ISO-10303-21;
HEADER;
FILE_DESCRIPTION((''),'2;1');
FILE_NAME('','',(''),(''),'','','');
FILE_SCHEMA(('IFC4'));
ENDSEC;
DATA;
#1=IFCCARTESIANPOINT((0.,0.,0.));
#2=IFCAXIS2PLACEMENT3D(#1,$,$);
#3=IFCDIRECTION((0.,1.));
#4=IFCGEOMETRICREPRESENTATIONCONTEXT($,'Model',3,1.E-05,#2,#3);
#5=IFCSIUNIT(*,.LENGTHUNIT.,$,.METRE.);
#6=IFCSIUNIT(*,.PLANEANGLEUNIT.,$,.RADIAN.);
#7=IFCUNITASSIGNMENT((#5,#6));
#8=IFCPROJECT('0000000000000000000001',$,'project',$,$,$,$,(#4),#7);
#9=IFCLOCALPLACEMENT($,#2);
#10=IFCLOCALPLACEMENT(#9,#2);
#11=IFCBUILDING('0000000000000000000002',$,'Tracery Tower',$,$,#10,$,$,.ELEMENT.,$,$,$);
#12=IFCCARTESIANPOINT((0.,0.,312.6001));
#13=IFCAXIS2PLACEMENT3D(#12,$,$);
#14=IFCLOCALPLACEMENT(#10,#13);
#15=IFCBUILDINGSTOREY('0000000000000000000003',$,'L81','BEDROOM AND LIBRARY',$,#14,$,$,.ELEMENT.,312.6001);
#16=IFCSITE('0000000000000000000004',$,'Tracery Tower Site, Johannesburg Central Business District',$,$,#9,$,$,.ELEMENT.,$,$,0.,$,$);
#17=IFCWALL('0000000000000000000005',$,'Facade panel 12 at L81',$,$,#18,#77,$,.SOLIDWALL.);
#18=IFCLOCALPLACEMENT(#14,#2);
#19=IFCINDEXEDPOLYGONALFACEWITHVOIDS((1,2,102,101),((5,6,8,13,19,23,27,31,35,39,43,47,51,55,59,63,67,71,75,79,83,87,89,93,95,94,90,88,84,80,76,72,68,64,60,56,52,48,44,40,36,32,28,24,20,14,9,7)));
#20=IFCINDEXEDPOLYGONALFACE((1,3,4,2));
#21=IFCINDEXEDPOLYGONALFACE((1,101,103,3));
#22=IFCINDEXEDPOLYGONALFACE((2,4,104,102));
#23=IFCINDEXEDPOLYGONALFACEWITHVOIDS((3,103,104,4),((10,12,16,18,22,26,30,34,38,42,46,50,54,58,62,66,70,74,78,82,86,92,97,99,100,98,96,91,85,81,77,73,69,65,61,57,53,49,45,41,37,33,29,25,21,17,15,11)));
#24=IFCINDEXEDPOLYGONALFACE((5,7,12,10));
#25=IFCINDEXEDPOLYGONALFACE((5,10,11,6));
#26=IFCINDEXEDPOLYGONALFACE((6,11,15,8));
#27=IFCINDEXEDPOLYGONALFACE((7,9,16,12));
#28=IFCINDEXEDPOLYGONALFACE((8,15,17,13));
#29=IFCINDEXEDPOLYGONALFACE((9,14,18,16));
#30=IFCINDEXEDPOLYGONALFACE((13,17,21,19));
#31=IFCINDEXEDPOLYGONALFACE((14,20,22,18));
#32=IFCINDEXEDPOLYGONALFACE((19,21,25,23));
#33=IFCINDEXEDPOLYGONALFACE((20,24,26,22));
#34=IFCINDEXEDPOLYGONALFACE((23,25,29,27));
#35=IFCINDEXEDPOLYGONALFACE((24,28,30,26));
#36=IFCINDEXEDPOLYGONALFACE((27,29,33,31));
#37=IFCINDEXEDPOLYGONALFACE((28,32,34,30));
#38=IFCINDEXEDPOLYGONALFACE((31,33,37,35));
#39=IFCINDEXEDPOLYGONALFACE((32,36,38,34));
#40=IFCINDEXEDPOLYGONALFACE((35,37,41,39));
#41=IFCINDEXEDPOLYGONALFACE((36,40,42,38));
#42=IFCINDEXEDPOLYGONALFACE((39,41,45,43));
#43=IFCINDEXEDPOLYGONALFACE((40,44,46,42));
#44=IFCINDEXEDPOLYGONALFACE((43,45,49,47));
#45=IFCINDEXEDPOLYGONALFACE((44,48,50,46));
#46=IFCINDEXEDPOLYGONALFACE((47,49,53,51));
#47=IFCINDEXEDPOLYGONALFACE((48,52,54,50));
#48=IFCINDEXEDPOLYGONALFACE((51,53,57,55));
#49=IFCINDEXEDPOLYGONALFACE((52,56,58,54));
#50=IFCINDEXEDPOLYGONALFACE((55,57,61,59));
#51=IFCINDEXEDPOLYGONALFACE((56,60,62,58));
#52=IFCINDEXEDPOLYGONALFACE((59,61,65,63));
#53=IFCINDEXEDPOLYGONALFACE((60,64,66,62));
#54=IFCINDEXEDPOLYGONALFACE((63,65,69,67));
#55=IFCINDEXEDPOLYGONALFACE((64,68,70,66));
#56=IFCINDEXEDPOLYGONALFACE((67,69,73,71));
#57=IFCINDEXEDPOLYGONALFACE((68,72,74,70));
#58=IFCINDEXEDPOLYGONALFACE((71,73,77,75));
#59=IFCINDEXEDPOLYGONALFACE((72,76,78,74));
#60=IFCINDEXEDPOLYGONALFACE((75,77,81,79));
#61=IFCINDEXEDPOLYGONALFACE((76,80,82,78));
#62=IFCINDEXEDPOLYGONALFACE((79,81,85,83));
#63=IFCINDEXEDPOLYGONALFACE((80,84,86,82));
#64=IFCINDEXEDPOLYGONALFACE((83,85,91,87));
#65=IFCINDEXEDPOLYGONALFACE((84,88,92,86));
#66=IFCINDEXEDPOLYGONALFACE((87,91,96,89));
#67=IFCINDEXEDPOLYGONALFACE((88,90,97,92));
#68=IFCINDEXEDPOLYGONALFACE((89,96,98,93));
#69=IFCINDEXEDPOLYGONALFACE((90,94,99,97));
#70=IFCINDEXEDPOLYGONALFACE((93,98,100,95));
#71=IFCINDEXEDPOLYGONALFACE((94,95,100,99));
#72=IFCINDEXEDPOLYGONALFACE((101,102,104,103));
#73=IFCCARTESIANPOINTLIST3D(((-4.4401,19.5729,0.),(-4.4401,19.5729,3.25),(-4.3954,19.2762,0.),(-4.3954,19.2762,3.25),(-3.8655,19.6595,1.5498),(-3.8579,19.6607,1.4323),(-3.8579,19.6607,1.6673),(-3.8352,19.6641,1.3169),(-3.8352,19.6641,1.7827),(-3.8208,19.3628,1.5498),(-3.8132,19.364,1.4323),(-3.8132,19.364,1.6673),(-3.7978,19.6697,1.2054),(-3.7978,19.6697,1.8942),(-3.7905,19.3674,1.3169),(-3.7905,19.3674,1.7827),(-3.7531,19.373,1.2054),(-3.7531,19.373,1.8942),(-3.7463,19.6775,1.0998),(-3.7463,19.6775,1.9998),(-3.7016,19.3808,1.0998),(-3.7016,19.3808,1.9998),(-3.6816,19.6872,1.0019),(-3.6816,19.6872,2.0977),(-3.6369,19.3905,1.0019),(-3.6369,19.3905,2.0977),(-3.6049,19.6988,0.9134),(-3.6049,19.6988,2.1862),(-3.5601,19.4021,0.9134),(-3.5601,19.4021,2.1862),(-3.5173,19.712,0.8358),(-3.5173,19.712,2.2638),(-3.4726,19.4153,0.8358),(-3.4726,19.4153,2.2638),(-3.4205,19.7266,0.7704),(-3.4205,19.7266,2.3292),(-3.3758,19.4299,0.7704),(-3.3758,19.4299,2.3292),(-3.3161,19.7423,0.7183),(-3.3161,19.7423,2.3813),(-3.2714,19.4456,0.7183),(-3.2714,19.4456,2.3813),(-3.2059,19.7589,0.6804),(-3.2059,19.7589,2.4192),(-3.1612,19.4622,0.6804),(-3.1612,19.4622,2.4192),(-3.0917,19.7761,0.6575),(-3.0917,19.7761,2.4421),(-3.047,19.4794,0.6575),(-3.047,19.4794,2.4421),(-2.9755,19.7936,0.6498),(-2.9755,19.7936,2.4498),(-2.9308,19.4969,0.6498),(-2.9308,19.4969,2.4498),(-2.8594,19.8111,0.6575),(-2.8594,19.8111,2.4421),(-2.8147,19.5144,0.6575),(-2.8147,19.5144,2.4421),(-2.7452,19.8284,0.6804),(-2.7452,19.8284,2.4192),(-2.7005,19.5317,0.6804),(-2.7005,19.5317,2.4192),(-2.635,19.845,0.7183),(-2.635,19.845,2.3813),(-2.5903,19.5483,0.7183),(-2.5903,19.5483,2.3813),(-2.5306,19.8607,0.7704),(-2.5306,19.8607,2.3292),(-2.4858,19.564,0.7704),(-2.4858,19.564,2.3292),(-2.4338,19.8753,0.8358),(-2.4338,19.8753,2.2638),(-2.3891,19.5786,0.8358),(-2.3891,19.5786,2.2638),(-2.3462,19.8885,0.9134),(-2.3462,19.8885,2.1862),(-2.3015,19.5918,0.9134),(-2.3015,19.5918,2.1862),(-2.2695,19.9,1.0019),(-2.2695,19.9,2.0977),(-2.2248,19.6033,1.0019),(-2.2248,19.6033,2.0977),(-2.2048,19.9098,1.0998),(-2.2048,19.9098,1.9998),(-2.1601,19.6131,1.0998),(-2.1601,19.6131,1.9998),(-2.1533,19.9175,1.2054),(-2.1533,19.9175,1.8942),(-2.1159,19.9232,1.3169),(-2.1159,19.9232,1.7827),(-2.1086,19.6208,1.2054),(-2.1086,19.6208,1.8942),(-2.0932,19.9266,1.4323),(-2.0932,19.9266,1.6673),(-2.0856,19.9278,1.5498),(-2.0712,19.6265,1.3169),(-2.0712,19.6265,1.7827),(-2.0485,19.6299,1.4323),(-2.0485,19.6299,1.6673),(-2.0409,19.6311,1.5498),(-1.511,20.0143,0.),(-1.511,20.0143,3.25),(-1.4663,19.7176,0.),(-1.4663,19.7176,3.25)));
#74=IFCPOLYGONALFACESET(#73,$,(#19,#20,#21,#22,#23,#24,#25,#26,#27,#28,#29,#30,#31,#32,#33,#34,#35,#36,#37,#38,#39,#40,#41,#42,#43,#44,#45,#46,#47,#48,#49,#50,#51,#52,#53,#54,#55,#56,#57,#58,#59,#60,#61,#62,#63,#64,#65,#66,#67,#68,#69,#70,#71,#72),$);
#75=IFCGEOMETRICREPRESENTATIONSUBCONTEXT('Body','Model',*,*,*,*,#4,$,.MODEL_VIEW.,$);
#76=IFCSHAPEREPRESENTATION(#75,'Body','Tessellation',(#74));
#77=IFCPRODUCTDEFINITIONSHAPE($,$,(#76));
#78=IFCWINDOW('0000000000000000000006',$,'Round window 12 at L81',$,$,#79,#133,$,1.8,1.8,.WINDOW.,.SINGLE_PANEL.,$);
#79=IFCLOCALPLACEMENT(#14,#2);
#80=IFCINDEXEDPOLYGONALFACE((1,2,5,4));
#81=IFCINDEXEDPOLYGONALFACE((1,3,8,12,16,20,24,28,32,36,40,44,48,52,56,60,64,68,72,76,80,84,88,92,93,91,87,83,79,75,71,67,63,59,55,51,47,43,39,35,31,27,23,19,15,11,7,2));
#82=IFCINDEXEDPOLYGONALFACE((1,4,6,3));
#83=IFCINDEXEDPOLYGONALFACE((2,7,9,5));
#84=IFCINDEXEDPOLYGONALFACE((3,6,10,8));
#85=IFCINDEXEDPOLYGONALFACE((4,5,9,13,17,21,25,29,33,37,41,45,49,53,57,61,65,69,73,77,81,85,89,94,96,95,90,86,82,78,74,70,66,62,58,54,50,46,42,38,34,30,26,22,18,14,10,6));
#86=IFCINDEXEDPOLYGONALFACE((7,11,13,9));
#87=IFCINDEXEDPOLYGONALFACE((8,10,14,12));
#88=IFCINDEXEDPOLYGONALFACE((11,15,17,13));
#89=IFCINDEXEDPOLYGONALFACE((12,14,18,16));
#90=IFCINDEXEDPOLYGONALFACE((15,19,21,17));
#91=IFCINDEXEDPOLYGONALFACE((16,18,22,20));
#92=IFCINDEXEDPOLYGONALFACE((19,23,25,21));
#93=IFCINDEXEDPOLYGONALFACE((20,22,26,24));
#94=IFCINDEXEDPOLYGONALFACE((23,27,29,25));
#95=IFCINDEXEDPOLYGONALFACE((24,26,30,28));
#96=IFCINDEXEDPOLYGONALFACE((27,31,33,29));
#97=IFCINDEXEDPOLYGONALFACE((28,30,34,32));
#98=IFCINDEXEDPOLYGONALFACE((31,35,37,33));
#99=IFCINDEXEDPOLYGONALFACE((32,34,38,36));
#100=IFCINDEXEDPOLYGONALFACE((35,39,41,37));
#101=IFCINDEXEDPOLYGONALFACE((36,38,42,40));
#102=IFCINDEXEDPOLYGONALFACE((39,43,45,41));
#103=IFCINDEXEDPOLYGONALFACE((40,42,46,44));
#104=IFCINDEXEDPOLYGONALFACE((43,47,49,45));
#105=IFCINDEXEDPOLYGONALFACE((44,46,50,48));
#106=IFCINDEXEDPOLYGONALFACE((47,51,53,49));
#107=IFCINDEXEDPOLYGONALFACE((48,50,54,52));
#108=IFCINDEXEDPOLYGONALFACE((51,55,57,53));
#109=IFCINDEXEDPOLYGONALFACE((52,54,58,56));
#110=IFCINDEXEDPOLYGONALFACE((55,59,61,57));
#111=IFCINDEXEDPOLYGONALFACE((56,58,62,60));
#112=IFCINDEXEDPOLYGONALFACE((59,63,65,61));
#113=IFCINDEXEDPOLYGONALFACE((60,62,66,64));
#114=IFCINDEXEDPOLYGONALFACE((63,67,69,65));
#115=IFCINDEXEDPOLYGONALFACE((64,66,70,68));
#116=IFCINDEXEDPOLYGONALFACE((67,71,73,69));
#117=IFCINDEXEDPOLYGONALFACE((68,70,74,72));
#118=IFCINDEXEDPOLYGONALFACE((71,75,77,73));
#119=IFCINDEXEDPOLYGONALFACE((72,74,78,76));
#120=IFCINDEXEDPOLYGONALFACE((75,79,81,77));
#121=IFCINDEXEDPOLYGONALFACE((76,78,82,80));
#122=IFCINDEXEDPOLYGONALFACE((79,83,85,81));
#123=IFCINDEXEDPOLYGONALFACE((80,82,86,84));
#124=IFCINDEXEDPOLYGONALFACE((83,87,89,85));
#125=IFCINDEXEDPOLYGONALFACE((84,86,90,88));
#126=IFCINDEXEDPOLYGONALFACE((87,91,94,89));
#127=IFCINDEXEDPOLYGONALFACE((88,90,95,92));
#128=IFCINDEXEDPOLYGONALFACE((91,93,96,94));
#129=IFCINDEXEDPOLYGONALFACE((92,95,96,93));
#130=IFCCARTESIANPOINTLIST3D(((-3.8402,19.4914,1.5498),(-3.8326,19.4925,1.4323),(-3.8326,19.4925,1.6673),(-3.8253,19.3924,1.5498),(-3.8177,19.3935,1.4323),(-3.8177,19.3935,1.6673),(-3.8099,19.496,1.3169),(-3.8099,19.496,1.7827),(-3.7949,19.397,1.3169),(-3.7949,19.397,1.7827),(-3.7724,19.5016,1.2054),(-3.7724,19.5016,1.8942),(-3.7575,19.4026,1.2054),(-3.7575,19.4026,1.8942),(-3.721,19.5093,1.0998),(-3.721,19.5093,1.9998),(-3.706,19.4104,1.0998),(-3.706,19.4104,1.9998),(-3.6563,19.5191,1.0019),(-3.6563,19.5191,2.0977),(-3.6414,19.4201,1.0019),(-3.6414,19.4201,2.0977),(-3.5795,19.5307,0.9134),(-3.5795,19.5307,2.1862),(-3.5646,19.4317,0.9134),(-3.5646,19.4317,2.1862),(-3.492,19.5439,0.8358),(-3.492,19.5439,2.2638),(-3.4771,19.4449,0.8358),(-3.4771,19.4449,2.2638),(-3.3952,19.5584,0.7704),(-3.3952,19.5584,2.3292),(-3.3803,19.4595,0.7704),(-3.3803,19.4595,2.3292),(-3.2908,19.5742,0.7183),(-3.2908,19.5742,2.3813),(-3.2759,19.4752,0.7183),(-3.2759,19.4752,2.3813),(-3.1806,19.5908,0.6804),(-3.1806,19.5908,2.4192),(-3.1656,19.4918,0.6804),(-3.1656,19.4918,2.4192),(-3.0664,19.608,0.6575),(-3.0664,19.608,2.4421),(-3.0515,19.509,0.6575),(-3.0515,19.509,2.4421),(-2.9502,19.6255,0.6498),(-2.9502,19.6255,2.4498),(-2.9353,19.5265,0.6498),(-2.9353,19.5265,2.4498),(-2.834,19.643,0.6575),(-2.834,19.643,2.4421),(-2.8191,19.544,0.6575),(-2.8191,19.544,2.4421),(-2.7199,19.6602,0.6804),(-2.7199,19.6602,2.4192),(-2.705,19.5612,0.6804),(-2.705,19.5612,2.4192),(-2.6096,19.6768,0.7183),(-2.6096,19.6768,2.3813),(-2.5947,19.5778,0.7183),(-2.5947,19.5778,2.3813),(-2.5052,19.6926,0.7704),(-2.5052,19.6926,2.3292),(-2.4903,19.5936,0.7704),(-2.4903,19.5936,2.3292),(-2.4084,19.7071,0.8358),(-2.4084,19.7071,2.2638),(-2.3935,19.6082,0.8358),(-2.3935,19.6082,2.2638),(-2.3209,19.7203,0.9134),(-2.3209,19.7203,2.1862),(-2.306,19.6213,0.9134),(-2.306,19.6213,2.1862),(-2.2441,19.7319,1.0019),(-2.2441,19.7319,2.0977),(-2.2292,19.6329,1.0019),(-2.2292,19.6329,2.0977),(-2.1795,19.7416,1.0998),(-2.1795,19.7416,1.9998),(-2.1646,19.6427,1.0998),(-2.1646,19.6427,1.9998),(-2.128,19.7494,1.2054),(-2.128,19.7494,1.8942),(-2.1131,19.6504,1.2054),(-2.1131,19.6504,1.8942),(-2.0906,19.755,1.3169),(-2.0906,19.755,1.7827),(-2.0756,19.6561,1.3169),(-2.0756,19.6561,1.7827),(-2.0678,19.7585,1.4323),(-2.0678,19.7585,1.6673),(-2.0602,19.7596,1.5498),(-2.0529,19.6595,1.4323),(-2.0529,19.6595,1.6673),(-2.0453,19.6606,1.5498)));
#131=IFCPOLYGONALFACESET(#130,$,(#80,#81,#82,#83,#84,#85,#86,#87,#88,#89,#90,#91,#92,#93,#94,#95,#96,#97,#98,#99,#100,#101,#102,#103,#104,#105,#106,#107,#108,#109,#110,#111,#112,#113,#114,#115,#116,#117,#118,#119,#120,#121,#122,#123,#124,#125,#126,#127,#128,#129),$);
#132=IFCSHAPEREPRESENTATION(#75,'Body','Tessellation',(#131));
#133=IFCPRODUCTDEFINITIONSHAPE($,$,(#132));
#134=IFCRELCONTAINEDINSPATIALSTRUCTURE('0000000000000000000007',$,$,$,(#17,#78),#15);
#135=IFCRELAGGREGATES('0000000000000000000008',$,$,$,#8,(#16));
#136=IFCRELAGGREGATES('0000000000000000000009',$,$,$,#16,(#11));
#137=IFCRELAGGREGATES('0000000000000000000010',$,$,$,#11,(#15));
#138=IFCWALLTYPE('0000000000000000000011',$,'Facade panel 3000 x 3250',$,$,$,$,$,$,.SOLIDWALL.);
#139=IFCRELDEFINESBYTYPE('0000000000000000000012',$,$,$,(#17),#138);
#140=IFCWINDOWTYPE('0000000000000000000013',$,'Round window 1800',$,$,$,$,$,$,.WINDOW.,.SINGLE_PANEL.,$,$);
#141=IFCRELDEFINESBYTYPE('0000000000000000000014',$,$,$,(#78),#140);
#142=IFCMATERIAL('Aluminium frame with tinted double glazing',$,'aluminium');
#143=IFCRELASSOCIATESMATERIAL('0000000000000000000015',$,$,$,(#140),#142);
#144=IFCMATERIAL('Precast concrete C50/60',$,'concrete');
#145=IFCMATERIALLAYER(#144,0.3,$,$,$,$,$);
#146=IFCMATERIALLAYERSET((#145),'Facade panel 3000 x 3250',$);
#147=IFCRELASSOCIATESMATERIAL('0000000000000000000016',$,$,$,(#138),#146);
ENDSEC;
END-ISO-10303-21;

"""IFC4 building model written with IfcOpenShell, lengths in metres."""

from ifc_helpers import new_model, si_unit, direction, frame, frame_2d, origin, origin_2d, place, context, subcontext, project, spatial, rectangle, circle, extrude, material, layer, layer_set, type_object, element, fill, save


model = new_model("IFC4")

# Units and contexts
model_context = context("Model", 3, precision=1e-05, world=origin(), true_north=direction((0.0, 1.0)))
body_context = subcontext(model_context, "Body", "Model", "MODEL_VIEW")
ifc_project = project(units=[si_unit("LENGTHUNIT", "METRE"), si_unit("PLANEANGLEUNIT", "RADIAN")], contexts=[model_context])

# Site, building, storey
site_placement = place(None, origin())
site = spatial("IfcSite", under=ifc_project, at=site_placement, Name="Tracery Tower Site, Johannesburg Central Business District", CompositionType="ELEMENT", RefElevation=0.0)
building_placement = place(site_placement, origin())
building = spatial("IfcBuilding", under=site, at=building_placement, Name="Tracery Tower", CompositionType="ELEMENT")
storey_placement = place(building_placement, frame((0.0, 0.0, 312.6001)))
storey = spatial("IfcBuildingStorey", under=building, at=storey_placement, Name="L81", Description="BEDROOM AND LIBRARY", CompositionType="ELEMENT", Elevation=312.6001)

# Wall, opening, window
ifc_material_1 = material(Name="Aluminium frame with tinted double glazing", Category="aluminium")
window_type = type_object("IfcWindowType", Name="Round window 1800", PartitioningType="SINGLE_PANEL", PredefinedType="WINDOW", material=ifc_material_1)
ifc_material_2 = material(Name="Precast concrete C50/60", Category="concrete")
ifc_layer_1 = layer(ifc_material_2, 0.3)
ifc_layer_set_1 = layer_set([ifc_layer_1], Name="Facade panel 3000 x 3250")
wall_type_1 = type_object("IfcWallType", Name="Facade panel 3000 x 3250", PredefinedType="SOLIDWALL", material=ifc_layer_set_1)
wall_1_placement = place(storey_placement, frame((-1.4888, 19.866, 0.0), z_axis=(0.0, 0.0, 1.0), x_axis=(-0.988836, -0.149009, 0.0)))
wall_1 = element("IfcWall", 1, at=wall_1_placement, inside=storey, type_object=wall_type_1, Name="Facade panel 12 at L81", PredefinedType="SOLIDWALL", context=body_context, shape_type="SweptSolid", body=[
    extrude(rectangle(XDim=2.9622, YDim=0.3, at=frame_2d((1.481, 0.0))), origin(), (0.0, 0.0, 1.0), 3.25),
])
opening_1_placement = place(wall_1_placement, frame((1.481, 0.0, 1.5498)))
opening_1 = element("IfcOpeningElement", 2, at=opening_1_placement, cuts=wall_1, PredefinedType="OPENING", context=body_context, shape_type="SweptSolid", body=[
    extrude(circle(Radius=0.9, at=origin_2d()), frame((0.0, 0.1599, 0.0), z_axis=(0.0, -1.0, 0.0), x_axis=(1.0, 0.0, 0.0)), (0.0, 0.0, 1.0), 0.3201),
])
window_1_placement = place(opening_1_placement, origin())
window_1 = element("IfcWindow", 3, at=window_1_placement, inside=storey, type_object=window_type, Name="Round window 12 at L81", OverallHeight=1.8, OverallWidth=1.8, PartitioningType="SINGLE_PANEL", PredefinedType="WINDOW", context=body_context, shape_type="SweptSolid", body=[
    extrude(circle(Radius=0.9, at=origin_2d()), frame((0.0, 0.1201, 0.0), z_axis=(0.0, -1.0, 0.0), x_axis=(1.0, 0.0, 0.0)), (0.0, 0.0, 1.0), 0.1001),
])
fill(opening_1, window_1)

save(model, "model.ifc")
